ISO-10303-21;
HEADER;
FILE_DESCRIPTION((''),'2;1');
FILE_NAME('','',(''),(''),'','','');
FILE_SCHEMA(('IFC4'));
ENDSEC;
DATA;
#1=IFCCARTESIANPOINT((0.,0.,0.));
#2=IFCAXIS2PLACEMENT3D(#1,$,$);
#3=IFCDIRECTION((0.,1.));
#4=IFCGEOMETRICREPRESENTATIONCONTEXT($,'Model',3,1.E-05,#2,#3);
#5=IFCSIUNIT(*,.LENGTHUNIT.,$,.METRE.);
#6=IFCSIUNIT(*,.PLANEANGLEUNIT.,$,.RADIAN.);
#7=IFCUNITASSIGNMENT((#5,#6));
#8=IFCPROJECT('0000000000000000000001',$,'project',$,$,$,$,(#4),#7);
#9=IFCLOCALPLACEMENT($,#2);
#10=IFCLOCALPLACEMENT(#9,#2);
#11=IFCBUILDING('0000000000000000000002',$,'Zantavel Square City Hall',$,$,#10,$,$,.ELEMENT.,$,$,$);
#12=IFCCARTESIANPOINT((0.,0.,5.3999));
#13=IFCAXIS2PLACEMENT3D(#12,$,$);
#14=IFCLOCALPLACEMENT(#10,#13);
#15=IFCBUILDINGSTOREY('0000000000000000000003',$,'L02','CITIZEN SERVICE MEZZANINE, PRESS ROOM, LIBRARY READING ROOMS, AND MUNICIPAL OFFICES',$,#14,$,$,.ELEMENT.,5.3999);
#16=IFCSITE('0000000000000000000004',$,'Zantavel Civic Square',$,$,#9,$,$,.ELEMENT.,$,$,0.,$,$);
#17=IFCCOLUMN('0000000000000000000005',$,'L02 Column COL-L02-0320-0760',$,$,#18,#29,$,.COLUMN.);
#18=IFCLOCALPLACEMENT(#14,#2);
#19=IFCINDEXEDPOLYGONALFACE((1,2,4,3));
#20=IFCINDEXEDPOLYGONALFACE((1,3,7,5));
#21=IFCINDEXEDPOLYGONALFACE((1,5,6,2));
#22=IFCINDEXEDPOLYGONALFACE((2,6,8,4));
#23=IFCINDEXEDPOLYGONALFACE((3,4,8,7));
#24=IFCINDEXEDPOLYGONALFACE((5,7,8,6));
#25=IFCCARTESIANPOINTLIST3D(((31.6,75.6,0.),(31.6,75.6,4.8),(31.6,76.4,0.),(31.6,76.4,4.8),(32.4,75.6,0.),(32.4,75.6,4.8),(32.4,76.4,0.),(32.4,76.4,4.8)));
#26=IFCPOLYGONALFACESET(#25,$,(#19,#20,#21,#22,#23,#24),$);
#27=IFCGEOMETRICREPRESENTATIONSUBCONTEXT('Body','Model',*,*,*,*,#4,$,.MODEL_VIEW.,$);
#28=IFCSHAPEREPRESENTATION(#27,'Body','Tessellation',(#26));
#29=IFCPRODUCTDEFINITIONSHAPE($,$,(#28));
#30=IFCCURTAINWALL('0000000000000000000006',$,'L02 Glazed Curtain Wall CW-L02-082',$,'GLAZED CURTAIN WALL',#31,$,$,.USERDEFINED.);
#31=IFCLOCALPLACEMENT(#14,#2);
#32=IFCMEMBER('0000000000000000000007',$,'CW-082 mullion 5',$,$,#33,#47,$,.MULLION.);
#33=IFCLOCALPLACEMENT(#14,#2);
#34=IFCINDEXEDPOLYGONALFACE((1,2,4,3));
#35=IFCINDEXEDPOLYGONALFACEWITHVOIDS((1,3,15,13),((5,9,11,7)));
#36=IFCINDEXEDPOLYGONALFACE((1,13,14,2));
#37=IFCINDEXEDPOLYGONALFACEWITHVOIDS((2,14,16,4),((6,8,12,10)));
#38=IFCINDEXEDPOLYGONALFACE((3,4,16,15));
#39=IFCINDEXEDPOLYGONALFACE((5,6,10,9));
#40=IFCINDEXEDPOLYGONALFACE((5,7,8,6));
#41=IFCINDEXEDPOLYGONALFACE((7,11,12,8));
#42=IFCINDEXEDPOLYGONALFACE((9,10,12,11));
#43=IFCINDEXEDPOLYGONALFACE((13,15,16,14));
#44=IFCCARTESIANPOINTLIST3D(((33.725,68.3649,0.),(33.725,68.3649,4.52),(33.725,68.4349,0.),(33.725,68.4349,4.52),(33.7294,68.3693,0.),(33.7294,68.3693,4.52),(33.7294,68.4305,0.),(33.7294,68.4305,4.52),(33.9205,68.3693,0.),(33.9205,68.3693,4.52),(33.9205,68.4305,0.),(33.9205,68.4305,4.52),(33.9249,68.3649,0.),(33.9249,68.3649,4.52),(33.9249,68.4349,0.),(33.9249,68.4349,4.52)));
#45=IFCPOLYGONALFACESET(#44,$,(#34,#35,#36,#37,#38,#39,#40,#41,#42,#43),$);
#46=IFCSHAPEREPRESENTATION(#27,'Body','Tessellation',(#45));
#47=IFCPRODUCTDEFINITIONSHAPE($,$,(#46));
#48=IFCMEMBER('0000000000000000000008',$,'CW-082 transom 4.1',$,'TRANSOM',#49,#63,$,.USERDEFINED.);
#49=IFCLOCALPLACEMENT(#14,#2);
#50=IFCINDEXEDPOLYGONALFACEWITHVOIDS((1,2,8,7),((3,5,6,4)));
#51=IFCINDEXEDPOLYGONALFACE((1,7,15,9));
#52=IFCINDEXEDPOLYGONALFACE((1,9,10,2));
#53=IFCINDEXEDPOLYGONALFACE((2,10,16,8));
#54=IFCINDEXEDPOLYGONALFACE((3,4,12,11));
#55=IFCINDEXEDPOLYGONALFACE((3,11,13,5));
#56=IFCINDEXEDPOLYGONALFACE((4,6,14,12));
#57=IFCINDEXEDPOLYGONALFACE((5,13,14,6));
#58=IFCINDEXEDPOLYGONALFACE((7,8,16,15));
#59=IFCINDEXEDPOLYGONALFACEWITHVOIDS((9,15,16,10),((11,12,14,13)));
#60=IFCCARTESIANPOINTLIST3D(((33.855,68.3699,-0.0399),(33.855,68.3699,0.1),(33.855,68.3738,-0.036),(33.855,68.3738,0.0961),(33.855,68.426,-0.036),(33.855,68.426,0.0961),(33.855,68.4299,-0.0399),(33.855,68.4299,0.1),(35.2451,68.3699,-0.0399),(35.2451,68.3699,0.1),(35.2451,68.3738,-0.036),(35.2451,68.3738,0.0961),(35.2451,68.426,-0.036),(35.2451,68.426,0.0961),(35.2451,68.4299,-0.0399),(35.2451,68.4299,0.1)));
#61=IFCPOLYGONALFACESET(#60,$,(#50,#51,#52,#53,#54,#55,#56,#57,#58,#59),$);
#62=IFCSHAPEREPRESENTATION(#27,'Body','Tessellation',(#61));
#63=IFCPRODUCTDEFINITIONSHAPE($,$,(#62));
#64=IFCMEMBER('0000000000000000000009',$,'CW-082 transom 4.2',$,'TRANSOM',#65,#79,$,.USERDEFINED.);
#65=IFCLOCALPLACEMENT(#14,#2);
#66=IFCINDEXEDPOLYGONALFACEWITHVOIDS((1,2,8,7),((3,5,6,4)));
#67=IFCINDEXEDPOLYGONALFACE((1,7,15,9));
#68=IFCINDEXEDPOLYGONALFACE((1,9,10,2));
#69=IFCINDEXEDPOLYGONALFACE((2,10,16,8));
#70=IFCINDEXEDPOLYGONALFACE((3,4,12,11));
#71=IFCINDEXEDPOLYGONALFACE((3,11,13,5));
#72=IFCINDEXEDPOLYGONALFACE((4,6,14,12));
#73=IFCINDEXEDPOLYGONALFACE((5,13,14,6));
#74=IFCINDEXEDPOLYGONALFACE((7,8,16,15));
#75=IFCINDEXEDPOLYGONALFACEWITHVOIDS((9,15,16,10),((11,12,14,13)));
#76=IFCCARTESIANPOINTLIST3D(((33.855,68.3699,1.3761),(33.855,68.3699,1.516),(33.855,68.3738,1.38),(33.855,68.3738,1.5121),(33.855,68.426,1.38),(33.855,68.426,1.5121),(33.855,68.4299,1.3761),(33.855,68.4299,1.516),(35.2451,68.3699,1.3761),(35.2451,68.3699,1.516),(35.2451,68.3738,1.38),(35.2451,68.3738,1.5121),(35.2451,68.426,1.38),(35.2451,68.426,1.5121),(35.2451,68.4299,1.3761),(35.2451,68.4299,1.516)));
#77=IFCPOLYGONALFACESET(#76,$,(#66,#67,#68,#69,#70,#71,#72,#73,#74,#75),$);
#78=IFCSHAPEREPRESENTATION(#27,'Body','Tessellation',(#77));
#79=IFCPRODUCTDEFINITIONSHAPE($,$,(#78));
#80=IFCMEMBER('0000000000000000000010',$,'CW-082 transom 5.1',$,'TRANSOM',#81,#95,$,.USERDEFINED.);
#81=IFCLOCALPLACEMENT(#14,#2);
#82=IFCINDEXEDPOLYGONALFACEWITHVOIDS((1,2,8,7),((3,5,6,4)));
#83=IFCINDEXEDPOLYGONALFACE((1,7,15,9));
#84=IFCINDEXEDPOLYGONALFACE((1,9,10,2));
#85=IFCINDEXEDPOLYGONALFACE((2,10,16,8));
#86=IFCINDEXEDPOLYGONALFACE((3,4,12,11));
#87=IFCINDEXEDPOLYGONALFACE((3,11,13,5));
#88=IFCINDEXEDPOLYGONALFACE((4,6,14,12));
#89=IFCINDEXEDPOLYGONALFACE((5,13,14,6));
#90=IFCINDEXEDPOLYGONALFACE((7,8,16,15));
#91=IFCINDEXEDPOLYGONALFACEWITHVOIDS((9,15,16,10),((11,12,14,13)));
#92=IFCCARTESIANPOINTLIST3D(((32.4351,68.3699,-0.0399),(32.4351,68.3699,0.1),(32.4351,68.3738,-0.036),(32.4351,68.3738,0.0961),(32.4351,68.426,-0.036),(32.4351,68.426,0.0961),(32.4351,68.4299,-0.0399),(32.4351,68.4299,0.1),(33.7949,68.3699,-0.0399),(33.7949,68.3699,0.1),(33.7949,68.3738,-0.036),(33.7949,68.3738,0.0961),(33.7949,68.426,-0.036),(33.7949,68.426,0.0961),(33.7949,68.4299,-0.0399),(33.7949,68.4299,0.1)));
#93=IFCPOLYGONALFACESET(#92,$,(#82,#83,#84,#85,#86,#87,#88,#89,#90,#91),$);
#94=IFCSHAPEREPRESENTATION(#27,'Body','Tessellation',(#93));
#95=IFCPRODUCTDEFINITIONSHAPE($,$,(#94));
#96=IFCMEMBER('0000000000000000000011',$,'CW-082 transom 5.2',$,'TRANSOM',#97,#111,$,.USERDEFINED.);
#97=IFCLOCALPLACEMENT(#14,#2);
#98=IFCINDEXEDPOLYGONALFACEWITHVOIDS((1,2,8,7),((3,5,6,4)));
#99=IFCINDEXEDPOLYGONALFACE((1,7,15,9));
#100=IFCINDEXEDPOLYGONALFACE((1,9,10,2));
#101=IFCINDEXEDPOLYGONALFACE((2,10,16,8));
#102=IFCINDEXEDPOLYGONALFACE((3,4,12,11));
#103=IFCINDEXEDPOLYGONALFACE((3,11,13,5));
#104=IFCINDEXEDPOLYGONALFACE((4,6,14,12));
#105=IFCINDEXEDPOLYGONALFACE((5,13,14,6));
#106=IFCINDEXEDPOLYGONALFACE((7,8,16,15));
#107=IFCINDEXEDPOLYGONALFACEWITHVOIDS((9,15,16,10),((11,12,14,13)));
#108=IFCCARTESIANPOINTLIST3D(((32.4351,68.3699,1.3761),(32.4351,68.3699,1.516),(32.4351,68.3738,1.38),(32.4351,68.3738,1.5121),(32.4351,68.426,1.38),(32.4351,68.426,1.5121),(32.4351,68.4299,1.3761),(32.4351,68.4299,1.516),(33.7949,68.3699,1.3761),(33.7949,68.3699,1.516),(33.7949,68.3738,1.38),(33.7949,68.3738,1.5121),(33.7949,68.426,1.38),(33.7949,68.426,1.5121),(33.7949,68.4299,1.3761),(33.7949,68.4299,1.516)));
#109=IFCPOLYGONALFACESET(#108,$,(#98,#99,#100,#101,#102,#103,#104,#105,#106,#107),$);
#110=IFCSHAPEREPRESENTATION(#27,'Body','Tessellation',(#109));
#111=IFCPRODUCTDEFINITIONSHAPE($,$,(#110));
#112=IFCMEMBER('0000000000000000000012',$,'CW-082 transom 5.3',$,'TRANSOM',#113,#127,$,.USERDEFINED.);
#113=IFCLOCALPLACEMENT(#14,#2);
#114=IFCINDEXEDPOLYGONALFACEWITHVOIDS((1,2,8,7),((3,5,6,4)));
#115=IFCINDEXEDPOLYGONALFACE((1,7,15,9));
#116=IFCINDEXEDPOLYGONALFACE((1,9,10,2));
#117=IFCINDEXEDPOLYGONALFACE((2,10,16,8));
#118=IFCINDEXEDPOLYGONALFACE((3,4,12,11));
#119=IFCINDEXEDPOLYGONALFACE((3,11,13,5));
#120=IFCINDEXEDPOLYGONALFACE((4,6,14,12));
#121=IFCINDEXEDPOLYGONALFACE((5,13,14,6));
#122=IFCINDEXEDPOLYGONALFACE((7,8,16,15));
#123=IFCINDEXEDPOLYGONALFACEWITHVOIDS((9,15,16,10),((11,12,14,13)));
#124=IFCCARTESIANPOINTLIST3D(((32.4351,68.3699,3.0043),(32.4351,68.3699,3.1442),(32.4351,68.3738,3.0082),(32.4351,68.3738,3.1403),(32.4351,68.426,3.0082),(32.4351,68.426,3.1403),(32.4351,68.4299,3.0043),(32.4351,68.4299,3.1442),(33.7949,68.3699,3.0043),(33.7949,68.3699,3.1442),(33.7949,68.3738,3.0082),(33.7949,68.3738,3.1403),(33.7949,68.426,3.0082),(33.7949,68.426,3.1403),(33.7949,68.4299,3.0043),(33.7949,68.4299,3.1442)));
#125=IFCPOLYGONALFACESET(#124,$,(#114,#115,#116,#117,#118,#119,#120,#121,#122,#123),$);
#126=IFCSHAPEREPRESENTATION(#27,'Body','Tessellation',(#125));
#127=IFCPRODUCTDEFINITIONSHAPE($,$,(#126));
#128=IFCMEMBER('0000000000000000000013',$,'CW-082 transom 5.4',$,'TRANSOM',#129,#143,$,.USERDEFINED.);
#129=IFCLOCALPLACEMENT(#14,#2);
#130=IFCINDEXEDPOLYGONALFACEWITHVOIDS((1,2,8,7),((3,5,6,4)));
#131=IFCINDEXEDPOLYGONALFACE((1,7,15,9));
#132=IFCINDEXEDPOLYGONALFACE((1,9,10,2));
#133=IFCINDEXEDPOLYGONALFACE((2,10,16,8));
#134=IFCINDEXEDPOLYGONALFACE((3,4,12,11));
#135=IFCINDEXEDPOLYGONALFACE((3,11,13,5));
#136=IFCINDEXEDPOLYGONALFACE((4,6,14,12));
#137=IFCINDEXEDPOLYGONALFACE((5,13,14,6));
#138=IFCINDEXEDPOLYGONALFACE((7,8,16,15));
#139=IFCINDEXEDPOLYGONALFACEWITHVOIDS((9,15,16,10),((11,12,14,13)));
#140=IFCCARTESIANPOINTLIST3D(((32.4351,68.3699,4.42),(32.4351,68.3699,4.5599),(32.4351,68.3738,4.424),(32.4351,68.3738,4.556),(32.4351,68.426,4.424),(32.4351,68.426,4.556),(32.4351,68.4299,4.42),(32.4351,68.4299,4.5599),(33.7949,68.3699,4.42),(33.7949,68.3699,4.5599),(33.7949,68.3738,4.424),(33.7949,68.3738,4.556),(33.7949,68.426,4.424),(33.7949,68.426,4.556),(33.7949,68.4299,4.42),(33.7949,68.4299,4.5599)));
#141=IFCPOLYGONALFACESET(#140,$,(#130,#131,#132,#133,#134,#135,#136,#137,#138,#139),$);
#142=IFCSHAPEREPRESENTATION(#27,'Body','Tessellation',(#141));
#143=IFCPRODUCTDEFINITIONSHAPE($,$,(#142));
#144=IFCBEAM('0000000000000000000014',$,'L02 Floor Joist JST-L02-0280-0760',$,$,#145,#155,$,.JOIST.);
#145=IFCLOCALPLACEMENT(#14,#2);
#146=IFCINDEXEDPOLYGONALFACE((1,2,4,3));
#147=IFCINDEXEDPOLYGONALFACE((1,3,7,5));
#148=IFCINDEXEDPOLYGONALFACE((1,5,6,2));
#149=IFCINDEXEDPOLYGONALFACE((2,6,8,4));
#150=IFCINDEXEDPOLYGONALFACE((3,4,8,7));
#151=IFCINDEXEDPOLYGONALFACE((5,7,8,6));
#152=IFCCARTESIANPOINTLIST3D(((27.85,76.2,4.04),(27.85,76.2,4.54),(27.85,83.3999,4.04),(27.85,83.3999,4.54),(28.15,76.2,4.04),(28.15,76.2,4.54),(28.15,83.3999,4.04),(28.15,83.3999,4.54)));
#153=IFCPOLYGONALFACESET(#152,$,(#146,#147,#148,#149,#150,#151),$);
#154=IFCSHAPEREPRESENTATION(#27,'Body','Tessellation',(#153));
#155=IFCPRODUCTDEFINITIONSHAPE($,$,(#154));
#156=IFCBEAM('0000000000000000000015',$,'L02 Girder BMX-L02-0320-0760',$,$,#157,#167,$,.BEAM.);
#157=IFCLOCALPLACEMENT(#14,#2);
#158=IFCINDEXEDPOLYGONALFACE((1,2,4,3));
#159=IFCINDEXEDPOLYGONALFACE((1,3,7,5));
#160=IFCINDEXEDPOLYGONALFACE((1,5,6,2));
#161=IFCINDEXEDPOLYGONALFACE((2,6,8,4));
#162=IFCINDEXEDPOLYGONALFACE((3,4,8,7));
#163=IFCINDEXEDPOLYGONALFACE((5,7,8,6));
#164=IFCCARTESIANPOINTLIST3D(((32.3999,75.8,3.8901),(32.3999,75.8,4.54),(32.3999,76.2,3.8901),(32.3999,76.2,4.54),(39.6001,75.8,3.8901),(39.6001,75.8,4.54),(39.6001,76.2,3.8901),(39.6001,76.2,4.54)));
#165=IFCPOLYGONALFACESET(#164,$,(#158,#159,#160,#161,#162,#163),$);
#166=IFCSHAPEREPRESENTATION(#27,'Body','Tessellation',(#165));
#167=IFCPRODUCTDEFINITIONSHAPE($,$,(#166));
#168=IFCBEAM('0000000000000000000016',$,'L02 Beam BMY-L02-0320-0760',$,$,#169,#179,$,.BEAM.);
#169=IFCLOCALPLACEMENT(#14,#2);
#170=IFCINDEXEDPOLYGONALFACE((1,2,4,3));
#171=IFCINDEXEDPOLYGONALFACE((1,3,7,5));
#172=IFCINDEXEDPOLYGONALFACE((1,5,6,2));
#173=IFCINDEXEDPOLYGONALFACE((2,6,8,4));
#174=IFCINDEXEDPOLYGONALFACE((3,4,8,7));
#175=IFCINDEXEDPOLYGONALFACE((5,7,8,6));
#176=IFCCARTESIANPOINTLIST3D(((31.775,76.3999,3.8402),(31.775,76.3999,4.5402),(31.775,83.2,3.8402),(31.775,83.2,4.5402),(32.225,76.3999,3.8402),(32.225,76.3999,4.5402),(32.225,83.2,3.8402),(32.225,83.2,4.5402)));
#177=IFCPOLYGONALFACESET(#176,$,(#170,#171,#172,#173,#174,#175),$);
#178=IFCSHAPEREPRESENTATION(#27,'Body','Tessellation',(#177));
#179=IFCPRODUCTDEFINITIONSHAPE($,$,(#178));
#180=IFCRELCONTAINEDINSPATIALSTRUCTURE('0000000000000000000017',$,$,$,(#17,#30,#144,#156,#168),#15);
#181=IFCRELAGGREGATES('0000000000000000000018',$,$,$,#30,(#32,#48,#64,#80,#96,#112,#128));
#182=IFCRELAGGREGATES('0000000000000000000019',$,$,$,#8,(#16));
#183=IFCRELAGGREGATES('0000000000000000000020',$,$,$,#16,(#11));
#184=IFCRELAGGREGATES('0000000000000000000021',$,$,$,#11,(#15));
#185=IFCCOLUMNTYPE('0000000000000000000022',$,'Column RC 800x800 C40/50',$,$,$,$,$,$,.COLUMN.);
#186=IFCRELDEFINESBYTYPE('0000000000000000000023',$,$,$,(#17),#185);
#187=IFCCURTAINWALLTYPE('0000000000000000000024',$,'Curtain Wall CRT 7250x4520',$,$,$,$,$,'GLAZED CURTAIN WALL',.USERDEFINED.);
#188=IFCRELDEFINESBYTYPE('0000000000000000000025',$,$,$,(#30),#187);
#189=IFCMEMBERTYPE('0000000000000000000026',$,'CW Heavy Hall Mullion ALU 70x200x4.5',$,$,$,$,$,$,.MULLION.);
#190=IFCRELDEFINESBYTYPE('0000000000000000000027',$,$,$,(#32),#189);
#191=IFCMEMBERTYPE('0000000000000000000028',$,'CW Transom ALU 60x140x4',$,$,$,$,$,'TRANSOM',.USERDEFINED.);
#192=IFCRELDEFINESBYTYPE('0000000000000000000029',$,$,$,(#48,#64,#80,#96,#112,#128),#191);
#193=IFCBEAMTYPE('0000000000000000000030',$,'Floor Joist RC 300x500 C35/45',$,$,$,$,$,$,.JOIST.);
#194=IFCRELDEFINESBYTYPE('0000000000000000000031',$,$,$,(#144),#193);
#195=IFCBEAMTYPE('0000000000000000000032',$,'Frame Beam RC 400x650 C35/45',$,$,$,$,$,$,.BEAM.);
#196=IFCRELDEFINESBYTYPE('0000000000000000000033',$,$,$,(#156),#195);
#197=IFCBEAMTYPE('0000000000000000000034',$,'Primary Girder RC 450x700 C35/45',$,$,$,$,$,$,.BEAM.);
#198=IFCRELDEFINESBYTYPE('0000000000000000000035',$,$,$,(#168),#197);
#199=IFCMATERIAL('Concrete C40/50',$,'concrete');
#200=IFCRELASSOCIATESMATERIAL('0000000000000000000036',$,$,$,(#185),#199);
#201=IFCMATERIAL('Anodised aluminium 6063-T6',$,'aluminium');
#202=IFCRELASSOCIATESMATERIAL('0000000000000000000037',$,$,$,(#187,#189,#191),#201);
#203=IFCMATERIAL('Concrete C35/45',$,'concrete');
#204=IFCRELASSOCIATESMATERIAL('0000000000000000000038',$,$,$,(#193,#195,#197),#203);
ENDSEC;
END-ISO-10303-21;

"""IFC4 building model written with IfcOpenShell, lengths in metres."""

from ifc_helpers import new_model, si_unit, direction, frame, origin, origin_2d, place, context, subcontext, project, spatial, rectangle, hollow_rectangle, extrude, material, material_profile, profile_set, type_object, element, aggregate, save


model = new_model("IFC4")

# Units and contexts
model_context = context("Model", 3, precision=1e-05, world=origin(), true_north=direction((0.0, 1.0)))
body_context = subcontext(model_context, "Body", "Model", "MODEL_VIEW")
ifc_project = project(units=[si_unit("LENGTHUNIT", "METRE"), si_unit("PLANEANGLEUNIT", "RADIAN")], contexts=[model_context])

# Site, building, storey
site_placement = place(None, origin())
site = spatial("IfcSite", under=ifc_project, at=site_placement, Name="Zantavel Civic Square", CompositionType="ELEMENT", RefElevation=0.0)
building_placement = place(site_placement, origin())
building = spatial("IfcBuilding", under=site, at=building_placement, Name="Zantavel Square City Hall", CompositionType="ELEMENT")
storey_placement = place(building_placement, frame((0.0, 0.0, 5.3999)))
storey = spatial("IfcBuildingStorey", under=building, at=storey_placement, Name="L02", Description="CITIZEN SERVICE MEZZANINE, PRESS ROOM, LIBRARY READING ROOMS, AND MUNICIPAL OFFICES", CompositionType="ELEMENT", Elevation=5.3999)

# Column
ifc_material_1 = material(Name="Concrete C40/50", Category="concrete")
ifc_material_profile_1 = material_profile(ifc_material_1, rectangle(XDim=0.8, YDim=0.8, at=origin_2d()), Name="RC 800x800")
ifc_profile_set_1 = profile_set([ifc_material_profile_1], Name="Concrete C40/50")
column_type = type_object("IfcColumnType", Name="Column RC 800x800 C40/50", PredefinedType="COLUMN", material=ifc_profile_set_1)
column_placement = place(storey_placement, frame((32.0, 76.0, 0.0), z_axis=(0.0, 0.0, 1.0), x_axis=(1.0, 0.0, 0.0)))
element("IfcColumn", 1, at=column_placement, inside=storey, type_object=column_type, Name="L02 Column COL-L02-0320-0760", PredefinedType="COLUMN", context=body_context, shape_type="SweptSolid", body=[
    extrude(rectangle(XDim=0.8, YDim=0.8, at=origin_2d()), origin(), (0.0, 0.0, 1.0), 4.8),
])

# Curtain wall, members
ifc_material_2 = material(Name="Anodised aluminium 6063-T6", Category="aluminium")
curtain_wall_type = type_object("IfcCurtainWallType", Name="Curtain Wall CRT 7250x4520", ElementType="GLAZED CURTAIN WALL", PredefinedType="USERDEFINED", material=ifc_material_2)
curtain_wall_placement = place(storey_placement, origin())
curtain_wall = element("IfcCurtainWall", 2, at=curtain_wall_placement, inside=storey, type_object=curtain_wall_type, Name="L02 Glazed Curtain Wall CW-L02-082", ObjectType="GLAZED CURTAIN WALL", PredefinedType="USERDEFINED")
ifc_material_profile_2 = material_profile(ifc_material_2, hollow_rectangle(XDim=0.0701, YDim=0.2, WallThickness=0.0044, at=origin_2d()), Name="ALU 70x200x4.5")
ifc_profile_set_2 = profile_set([ifc_material_profile_2], Name="Anodised aluminium 6063-T6")
member_type_1 = type_object("IfcMemberType", Name="CW Heavy Hall Mullion ALU 70x200x4.5", PredefinedType="MULLION", material=ifc_profile_set_2)
member_1_placement = place(storey_placement, frame((33.825, 68.3999, 0.0), z_axis=(0.0, 0.0, 1.0), x_axis=(0.0, -1.0, 0.0)))
member_1 = element("IfcMember", 3, at=member_1_placement, type_object=member_type_1, Name="CW-082 mullion 5", PredefinedType="MULLION", context=body_context, shape_type="SweptSolid", body=[
    extrude(hollow_rectangle(XDim=0.0701, YDim=0.2, WallThickness=0.0044, at=origin_2d()), origin(), (0.0, 0.0, 1.0), 4.52),
])
ifc_material_profile_3 = material_profile(ifc_material_2, hollow_rectangle(XDim=0.0601, YDim=0.1399, WallThickness=0.0039, at=origin_2d()), Name="ALU 60x140x4")
ifc_profile_set_3 = profile_set([ifc_material_profile_3], Name="Anodised aluminium 6063-T6")
member_type_2 = type_object("IfcMemberType", Name="CW Transom ALU 60x140x4", ElementType="TRANSOM", PredefinedType="USERDEFINED", material=ifc_profile_set_3)
member_2_placement = place(storey_placement, frame((35.2451, 68.3999, 0.03), z_axis=(-1.0, 0.0, 0.0), x_axis=(0.0, -1.0, 0.0)))
member_2 = element("IfcMember", 4, at=member_2_placement, type_object=member_type_2, Name="CW-082 transom 4.1", ObjectType="TRANSOM", PredefinedType="USERDEFINED", context=body_context, shape_type="SweptSolid", body=[
    extrude(hollow_rectangle(XDim=0.0601, YDim=0.1399, WallThickness=0.0039, at=origin_2d()), origin(), (0.0, 0.0, 1.0), 1.3901),
])
member_3_placement = place(storey_placement, frame((35.2451, 68.3999, 1.446), z_axis=(-1.0, 0.0, 0.0), x_axis=(0.0, -1.0, 0.0)))
member_3 = element("IfcMember", 5, at=member_3_placement, type_object=member_type_2, Name="CW-082 transom 4.2", ObjectType="TRANSOM", PredefinedType="USERDEFINED", context=body_context, shape_type="SweptSolid", body=[
    extrude(hollow_rectangle(XDim=0.0601, YDim=0.1399, WallThickness=0.0039, at=origin_2d()), origin(), (0.0, 0.0, 1.0), 1.3901),
])
member_4_placement = place(storey_placement, frame((33.7949, 68.3999, 0.03), z_axis=(-1.0, 0.0, 0.0), x_axis=(0.0, -1.0, 0.0)))
member_4 = element("IfcMember", 6, at=member_4_placement, type_object=member_type_2, Name="CW-082 transom 5.1", ObjectType="TRANSOM", PredefinedType="USERDEFINED", context=body_context, shape_type="SweptSolid", body=[
    extrude(hollow_rectangle(XDim=0.0601, YDim=0.1399, WallThickness=0.0039, at=origin_2d()), origin(), (0.0, 0.0, 1.0), 1.3599),
])
member_5_placement = place(storey_placement, frame((33.7949, 68.3999, 1.446), z_axis=(-1.0, 0.0, 0.0), x_axis=(0.0, -1.0, 0.0)))
member_5 = element("IfcMember", 7, at=member_5_placement, type_object=member_type_2, Name="CW-082 transom 5.2", ObjectType="TRANSOM", PredefinedType="USERDEFINED", context=body_context, shape_type="SweptSolid", body=[
    extrude(hollow_rectangle(XDim=0.0601, YDim=0.1399, WallThickness=0.0039, at=origin_2d()), origin(), (0.0, 0.0, 1.0), 1.3599),
])
member_6_placement = place(storey_placement, frame((33.7949, 68.3999, 3.0742), z_axis=(-1.0, 0.0, 0.0), x_axis=(0.0, -1.0, 0.0)))
member_6 = element("IfcMember", 8, at=member_6_placement, type_object=member_type_2, Name="CW-082 transom 5.3", ObjectType="TRANSOM", PredefinedType="USERDEFINED", context=body_context, shape_type="SweptSolid", body=[
    extrude(hollow_rectangle(XDim=0.0601, YDim=0.1399, WallThickness=0.0039, at=origin_2d()), origin(), (0.0, 0.0, 1.0), 1.3599),
])
member_7_placement = place(storey_placement, frame((33.7949, 68.3999, 4.49), z_axis=(-1.0, 0.0, 0.0), x_axis=(0.0, -1.0, 0.0)))
member_7 = element("IfcMember", 9, at=member_7_placement, type_object=member_type_2, Name="CW-082 transom 5.4", ObjectType="TRANSOM", PredefinedType="USERDEFINED", context=body_context, shape_type="SweptSolid", body=[
    extrude(hollow_rectangle(XDim=0.0601, YDim=0.1399, WallThickness=0.0039, at=origin_2d()), origin(), (0.0, 0.0, 1.0), 1.3599),
])

# Beams
ifc_material_3 = material(Name="Concrete C35/45", Category="concrete")
ifc_material_profile_4 = material_profile(ifc_material_3, rectangle(XDim=0.3, YDim=0.5, at=origin_2d()), Name="RC 300x500")
ifc_profile_set_4 = profile_set([ifc_material_profile_4], Name="Concrete C35/45")
beam_type_1 = type_object("IfcBeamType", Name="Floor Joist RC 300x500 C35/45", PredefinedType="JOIST", material=ifc_profile_set_4)
beam_1_placement = place(storey_placement, frame((28.0, 76.2, 4.29), z_axis=(0.0, 1.0, 0.0), x_axis=(-1.0, 0.0, 0.0)))
element("IfcBeam", 10, at=beam_1_placement, inside=storey, type_object=beam_type_1, Name="L02 Floor Joist JST-L02-0280-0760", PredefinedType="JOIST", context=body_context, shape_type="SweptSolid", body=[
    extrude(rectangle(XDim=0.3, YDim=0.5, at=origin_2d()), origin(), (0.0, 0.0, 1.0), 7.2),
])
ifc_material_profile_5 = material_profile(ifc_material_3, rectangle(XDim=0.3999, YDim=0.6499, at=origin_2d()), Name="RC 400x650")
ifc_profile_set_5 = profile_set([ifc_material_profile_5], Name="Concrete C35/45")
beam_type_2 = type_object("IfcBeamType", Name="Frame Beam RC 400x650 C35/45", PredefinedType="BEAM", material=ifc_profile_set_5)
beam_2_placement = place(storey_placement, frame((32.3999, 76.0, 4.2151), z_axis=(1.0, 0.0, 0.0), x_axis=(0.0, 1.0, 0.0)))
element("IfcBeam", 11, at=beam_2_placement, inside=storey, type_object=beam_type_2, Name="L02 Girder BMX-L02-0320-0760", PredefinedType="BEAM", context=body_context, shape_type="SweptSolid", body=[
    extrude(rectangle(XDim=0.3999, YDim=0.6499, at=origin_2d()), origin(), (0.0, 0.0, 1.0), 7.2002),
])
ifc_material_profile_6 = material_profile(ifc_material_3, rectangle(XDim=0.45, YDim=0.7, at=origin_2d()), Name="RC 450x700")
ifc_profile_set_6 = profile_set([ifc_material_profile_6], Name="Concrete C35/45")
beam_type_3 = type_object("IfcBeamType", Name="Primary Girder RC 450x700 C35/45", PredefinedType="BEAM", material=ifc_profile_set_6)
beam_3_placement = place(storey_placement, frame((32.0, 76.3999, 4.1902), z_axis=(0.0, 1.0, 0.0), x_axis=(-1.0, 0.0, 0.0)))
element("IfcBeam", 12, at=beam_3_placement, inside=storey, type_object=beam_type_3, Name="L02 Beam BMY-L02-0320-0760", PredefinedType="BEAM", context=body_context, shape_type="SweptSolid", body=[
    extrude(rectangle(XDim=0.45, YDim=0.7, at=origin_2d()), origin(), (0.0, 0.0, 1.0), 6.8),
])

aggregate(curtain_wall, [member_1, member_2, member_3, member_4, member_5, member_6, member_7])

save(model, "model.ifc")
